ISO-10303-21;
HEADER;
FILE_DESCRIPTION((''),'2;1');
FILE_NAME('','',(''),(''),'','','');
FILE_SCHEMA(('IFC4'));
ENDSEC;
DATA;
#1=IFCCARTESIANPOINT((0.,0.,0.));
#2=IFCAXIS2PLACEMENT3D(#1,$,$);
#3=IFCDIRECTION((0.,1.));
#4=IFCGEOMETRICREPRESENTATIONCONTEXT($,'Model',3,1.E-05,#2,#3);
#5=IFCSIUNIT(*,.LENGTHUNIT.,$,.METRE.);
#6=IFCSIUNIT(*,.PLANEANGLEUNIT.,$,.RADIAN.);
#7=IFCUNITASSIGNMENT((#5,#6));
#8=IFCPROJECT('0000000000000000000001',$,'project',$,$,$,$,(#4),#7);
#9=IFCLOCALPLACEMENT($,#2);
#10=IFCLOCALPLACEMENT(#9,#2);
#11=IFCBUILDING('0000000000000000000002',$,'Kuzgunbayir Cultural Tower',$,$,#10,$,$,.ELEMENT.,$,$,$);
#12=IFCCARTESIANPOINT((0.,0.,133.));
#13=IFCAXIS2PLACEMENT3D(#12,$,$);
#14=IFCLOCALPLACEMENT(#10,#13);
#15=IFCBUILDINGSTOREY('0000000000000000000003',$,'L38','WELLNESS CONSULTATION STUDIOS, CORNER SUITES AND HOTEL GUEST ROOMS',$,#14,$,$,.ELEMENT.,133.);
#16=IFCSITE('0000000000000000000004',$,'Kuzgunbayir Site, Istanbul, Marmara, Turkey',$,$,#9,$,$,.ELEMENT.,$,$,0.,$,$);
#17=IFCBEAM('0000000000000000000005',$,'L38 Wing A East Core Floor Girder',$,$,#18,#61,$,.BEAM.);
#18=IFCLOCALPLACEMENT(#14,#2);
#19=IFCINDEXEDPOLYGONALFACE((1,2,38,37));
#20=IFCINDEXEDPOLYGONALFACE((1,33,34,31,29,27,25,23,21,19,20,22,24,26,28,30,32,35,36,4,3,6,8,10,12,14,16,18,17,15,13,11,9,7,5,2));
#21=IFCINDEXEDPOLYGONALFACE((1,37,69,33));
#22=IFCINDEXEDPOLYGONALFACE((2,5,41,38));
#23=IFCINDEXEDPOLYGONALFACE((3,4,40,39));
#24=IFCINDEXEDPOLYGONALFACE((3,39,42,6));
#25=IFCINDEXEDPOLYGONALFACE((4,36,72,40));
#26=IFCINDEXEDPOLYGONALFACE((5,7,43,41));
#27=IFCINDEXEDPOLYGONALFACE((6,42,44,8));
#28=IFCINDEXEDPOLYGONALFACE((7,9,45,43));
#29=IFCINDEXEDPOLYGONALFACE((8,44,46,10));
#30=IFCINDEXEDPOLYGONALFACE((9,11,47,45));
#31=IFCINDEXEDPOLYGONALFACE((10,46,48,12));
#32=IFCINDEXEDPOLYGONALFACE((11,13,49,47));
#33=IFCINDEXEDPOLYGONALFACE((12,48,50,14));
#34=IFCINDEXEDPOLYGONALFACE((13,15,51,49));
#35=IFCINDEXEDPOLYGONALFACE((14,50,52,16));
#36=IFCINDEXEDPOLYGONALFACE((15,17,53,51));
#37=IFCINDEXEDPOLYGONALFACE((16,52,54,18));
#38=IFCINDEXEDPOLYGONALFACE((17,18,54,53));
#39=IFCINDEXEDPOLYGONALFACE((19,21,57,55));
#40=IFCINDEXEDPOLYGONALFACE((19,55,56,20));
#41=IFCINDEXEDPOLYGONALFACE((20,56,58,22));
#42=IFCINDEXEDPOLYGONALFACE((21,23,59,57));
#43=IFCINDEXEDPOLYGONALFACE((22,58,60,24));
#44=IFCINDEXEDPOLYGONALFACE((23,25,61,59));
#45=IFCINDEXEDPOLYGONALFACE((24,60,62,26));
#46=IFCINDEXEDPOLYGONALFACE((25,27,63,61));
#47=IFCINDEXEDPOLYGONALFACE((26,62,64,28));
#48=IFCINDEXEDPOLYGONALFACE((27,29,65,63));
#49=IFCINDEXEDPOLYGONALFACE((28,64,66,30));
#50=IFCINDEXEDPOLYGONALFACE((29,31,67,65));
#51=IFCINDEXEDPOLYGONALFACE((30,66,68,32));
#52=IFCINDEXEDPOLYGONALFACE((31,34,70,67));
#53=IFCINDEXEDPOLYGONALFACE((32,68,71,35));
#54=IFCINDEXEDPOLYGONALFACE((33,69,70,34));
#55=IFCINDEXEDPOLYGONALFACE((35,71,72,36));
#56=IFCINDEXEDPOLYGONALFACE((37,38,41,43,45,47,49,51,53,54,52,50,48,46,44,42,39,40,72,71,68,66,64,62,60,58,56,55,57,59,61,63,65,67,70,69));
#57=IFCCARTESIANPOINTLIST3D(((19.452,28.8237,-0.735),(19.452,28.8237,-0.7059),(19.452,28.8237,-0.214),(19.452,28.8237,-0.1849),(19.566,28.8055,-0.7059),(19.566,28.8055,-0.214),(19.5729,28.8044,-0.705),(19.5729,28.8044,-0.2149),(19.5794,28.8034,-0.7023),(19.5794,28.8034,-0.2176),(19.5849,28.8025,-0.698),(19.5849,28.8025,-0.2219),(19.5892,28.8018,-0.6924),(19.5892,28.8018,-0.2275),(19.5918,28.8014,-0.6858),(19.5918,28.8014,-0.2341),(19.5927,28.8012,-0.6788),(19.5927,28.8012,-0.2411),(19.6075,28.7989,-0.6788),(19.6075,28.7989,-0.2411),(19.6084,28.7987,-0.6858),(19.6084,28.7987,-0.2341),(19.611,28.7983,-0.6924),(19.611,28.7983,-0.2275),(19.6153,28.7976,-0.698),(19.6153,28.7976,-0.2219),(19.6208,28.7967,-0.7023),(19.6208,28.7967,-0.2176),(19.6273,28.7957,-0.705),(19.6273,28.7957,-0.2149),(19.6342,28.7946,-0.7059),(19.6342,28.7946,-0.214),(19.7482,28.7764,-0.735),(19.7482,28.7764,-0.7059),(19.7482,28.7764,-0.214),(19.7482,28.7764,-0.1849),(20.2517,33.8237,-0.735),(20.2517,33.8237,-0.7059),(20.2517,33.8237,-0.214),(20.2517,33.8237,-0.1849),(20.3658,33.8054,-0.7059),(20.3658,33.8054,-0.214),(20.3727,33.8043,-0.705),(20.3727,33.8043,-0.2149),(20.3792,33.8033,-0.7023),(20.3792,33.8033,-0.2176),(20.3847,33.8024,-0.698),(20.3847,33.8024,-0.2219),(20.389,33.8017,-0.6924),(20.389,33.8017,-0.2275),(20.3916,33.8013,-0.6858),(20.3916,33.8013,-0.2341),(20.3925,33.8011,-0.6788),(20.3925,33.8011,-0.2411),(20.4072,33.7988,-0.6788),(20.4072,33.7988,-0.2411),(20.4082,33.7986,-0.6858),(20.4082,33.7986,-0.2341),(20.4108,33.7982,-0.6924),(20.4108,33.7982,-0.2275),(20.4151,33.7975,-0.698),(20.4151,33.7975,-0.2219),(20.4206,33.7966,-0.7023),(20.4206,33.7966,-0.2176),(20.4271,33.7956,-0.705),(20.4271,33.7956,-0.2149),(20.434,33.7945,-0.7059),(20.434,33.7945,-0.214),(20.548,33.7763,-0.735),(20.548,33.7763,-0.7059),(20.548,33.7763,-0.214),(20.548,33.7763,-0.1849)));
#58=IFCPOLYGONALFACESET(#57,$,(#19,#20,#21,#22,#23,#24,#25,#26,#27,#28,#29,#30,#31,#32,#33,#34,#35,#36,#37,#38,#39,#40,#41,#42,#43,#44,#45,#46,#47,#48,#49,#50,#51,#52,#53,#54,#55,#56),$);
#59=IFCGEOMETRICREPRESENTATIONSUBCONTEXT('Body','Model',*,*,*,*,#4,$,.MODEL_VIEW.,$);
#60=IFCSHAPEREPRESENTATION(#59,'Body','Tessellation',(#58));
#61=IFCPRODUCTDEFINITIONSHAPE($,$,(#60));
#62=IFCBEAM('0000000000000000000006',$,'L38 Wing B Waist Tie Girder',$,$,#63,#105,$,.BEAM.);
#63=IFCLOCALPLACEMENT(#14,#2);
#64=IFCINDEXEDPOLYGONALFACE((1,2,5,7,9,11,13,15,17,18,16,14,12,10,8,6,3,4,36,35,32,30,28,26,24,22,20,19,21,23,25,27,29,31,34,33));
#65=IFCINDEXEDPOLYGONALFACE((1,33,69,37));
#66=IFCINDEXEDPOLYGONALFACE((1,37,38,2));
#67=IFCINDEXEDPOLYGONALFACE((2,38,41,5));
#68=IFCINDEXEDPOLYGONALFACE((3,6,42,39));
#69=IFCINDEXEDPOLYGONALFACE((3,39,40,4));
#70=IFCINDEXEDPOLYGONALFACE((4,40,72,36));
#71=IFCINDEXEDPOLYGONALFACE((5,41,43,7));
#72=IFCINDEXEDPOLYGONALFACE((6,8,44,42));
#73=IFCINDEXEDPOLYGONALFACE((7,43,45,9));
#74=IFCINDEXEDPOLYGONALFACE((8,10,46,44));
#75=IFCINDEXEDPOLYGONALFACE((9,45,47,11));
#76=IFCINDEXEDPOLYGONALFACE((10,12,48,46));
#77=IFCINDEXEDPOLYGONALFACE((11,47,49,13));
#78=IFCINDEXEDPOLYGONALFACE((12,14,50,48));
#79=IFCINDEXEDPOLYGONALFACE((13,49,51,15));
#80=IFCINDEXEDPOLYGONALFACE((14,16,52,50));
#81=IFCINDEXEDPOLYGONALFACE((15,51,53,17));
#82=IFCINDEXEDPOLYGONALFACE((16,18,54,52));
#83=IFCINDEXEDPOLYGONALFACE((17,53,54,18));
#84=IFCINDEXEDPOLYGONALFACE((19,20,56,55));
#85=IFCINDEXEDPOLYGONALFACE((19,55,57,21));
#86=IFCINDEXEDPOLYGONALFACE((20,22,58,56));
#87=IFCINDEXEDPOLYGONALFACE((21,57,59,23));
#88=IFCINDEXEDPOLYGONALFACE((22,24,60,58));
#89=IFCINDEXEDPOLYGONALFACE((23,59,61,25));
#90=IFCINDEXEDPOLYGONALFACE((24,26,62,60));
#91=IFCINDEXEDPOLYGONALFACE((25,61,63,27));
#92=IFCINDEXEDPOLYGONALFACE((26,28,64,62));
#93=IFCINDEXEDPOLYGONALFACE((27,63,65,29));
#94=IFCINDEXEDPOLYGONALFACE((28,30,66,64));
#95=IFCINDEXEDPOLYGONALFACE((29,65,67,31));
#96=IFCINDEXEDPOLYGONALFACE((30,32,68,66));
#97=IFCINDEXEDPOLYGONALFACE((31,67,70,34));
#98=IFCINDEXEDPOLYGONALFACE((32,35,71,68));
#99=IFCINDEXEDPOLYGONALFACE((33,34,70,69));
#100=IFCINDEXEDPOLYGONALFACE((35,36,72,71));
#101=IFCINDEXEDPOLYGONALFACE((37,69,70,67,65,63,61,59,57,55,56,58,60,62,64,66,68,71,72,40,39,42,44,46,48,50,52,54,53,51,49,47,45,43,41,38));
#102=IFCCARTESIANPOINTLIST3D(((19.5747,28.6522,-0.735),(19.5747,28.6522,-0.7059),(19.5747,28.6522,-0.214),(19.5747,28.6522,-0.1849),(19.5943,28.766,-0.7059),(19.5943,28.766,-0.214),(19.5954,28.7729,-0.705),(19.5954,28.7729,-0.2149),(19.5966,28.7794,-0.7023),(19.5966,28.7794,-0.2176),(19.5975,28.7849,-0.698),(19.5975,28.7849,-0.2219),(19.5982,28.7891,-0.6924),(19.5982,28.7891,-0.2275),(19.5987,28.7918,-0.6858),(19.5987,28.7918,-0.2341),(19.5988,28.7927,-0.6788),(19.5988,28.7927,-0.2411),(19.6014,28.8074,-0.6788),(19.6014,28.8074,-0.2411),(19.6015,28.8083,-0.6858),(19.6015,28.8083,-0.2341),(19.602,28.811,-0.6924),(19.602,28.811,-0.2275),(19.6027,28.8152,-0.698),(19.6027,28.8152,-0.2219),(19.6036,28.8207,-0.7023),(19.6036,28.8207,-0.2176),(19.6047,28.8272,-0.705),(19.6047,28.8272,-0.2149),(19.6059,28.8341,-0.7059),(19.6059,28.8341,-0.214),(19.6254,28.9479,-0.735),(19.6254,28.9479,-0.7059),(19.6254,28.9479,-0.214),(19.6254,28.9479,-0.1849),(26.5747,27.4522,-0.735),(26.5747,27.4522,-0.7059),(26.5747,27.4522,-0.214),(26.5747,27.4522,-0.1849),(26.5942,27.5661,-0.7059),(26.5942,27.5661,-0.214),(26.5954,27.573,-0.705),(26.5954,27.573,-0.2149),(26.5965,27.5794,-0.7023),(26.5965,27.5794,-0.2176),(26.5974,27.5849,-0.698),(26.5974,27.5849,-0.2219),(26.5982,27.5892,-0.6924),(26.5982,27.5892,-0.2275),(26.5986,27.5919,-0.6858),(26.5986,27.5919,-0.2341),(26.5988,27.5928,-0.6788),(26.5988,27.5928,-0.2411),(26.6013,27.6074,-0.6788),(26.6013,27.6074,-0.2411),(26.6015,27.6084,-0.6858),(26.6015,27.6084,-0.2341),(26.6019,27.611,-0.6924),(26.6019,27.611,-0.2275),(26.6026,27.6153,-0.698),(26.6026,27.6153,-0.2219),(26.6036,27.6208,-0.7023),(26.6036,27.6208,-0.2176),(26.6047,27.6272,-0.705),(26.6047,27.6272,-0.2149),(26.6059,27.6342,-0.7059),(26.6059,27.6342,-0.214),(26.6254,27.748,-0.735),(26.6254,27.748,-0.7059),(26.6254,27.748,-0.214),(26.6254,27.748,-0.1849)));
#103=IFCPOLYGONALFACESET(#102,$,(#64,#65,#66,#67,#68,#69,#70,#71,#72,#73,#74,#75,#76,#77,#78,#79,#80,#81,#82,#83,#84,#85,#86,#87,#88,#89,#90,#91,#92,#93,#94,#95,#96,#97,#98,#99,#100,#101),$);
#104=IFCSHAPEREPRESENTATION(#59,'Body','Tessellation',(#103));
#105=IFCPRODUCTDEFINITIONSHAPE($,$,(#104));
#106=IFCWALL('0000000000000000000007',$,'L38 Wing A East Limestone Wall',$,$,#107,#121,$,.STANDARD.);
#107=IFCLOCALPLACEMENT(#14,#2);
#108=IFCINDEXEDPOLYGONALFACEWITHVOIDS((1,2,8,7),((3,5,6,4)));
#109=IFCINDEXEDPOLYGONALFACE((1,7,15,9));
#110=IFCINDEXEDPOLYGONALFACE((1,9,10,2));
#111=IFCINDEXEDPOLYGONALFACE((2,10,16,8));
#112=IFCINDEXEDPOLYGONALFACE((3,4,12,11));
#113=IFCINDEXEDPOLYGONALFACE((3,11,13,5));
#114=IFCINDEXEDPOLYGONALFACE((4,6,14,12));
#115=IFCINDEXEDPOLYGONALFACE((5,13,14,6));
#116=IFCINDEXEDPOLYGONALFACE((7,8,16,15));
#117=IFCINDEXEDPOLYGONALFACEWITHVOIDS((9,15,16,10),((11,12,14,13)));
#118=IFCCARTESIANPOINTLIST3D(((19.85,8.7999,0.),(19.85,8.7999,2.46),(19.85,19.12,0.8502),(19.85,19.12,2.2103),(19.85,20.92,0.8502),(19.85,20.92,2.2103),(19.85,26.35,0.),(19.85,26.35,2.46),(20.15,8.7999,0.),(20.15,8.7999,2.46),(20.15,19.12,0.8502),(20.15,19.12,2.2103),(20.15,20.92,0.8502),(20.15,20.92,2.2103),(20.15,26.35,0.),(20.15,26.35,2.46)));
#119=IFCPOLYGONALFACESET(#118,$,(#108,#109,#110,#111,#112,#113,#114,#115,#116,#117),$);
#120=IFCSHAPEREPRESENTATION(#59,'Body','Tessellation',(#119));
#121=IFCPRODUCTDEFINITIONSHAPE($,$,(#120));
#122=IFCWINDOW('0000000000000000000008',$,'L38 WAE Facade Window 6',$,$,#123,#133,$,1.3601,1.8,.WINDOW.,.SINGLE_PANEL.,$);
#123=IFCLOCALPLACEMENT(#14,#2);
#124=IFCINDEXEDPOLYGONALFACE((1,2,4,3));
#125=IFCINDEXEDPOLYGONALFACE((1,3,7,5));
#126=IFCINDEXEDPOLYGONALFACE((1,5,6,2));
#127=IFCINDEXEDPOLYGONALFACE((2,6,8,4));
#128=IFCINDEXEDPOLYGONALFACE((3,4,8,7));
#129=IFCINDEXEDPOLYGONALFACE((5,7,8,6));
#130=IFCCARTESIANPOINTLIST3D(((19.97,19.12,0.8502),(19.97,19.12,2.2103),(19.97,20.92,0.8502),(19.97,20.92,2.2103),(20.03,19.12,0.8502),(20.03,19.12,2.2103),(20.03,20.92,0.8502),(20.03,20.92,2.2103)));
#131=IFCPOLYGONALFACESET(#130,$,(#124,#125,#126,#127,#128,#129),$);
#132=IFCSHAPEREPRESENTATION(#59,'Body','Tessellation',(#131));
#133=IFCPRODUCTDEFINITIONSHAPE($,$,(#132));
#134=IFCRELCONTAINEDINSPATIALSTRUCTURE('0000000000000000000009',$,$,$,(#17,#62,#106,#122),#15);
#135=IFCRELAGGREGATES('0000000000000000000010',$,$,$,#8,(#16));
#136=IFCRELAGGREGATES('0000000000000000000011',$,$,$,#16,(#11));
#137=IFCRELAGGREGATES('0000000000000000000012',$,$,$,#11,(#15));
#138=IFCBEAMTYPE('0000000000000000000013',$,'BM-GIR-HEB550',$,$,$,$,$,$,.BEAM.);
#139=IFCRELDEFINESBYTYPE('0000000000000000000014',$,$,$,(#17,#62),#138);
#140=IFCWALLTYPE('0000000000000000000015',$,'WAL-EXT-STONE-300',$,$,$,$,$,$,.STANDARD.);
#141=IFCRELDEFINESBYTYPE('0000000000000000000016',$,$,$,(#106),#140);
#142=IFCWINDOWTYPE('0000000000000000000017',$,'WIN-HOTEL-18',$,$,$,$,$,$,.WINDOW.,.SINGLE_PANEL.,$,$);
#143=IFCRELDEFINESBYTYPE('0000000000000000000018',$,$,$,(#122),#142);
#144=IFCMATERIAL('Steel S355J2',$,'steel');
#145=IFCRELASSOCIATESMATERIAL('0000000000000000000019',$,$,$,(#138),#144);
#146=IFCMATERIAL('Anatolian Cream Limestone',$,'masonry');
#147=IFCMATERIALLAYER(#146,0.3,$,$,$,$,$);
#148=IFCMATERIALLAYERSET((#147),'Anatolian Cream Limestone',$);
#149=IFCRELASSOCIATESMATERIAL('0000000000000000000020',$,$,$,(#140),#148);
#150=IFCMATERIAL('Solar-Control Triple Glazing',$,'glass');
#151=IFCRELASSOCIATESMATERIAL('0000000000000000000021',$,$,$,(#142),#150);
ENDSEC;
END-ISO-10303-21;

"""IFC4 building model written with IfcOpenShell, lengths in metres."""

from ifc_helpers import new_model, si_unit, direction, frame, frame_2d, origin, origin_2d, place, context, subcontext, project, spatial, rectangle, i_section, extrude, material, layer, layer_set, material_profile, profile_set, type_object, element, fill, save


model = new_model("IFC4")

# Units and contexts
model_context = context("Model", 3, precision=1e-05, world=origin(), true_north=direction((0.0, 1.0)))
body_context = subcontext(model_context, "Body", "Model", "MODEL_VIEW")
ifc_project = project(units=[si_unit("LENGTHUNIT", "METRE"), si_unit("PLANEANGLEUNIT", "RADIAN")], contexts=[model_context])

# Site, building, storey
site_placement = place(None, origin())
site = spatial("IfcSite", under=ifc_project, at=site_placement, Name="Kuzgunbayir Site, Istanbul, Marmara, Turkey", CompositionType="ELEMENT", RefElevation=0.0)
building_placement = place(site_placement, origin())
building = spatial("IfcBuilding", under=site, at=building_placement, Name="Kuzgunbayir Cultural Tower", CompositionType="ELEMENT")
storey_placement = place(building_placement, frame((0.0, 0.0, 133.0)))
storey = spatial("IfcBuildingStorey", under=building, at=storey_placement, Name="L38", Description="WELLNESS CONSULTATION STUDIOS, CORNER SUITES AND HOTEL GUEST ROOMS", CompositionType="ELEMENT", Elevation=133.0)

# Beams
ifc_material_1 = material(Name="Steel S355J2", Category="steel")
ifc_material_profile_1 = material_profile(ifc_material_1, i_section(OverallWidth=0.3, OverallDepth=0.55, WebThickness=0.0149, FlangeThickness=0.0291, FilletRadius=0.0271, at=origin_2d()), Name="HEB 550")
ifc_profile_set_1 = profile_set([ifc_material_profile_1], Name="Steel S355J2")
beam_type_1 = type_object("IfcBeamType", Name="BM-GIR-HEB550", PredefinedType="BEAM", material=ifc_profile_set_1)
beam_1_placement = place(storey_placement, frame((19.6001, 28.8, -0.46), z_axis=(0.157953, 0.987447, 0.0), x_axis=(-0.987447, 0.157953, 0.0)))
element("IfcBeam", 1, at=beam_1_placement, inside=storey, type_object=beam_type_1, Name="L38 Wing A East Core Floor Girder", PredefinedType="BEAM", context=body_context, shape_type="SweptSolid", body=[
    extrude(i_section(OverallWidth=0.3, OverallDepth=0.55, WebThickness=0.0149, FlangeThickness=0.0291, FilletRadius=0.0271, at=origin_2d()), origin(), (0.0, 0.0, 1.0), 5.0635),
])
beam_2_placement = place(storey_placement, frame((19.6001, 28.8, -0.46), z_axis=(0.985623, -0.168957, 0.0), x_axis=(0.168957, 0.985623, 0.0)))
element("IfcBeam", 2, at=beam_2_placement, inside=storey, type_object=beam_type_1, Name="L38 Wing B Waist Tie Girder", PredefinedType="BEAM", context=body_context, shape_type="SweptSolid", body=[
    extrude(i_section(OverallWidth=0.3, OverallDepth=0.55, WebThickness=0.0149, FlangeThickness=0.0291, FilletRadius=0.0271, at=origin_2d()), origin(), (0.0, 0.0, 1.0), 7.1021),
])

# Wall, opening, window
ifc_material_2 = material(Name="Anatolian Cream Limestone", Category="masonry")
ifc_layer_1 = layer(ifc_material_2, 0.3)
ifc_layer_set_1 = layer_set([ifc_layer_1], Name="Anatolian Cream Limestone")
wall_type_1 = type_object("IfcWallType", Name="WAL-EXT-STONE-300", PredefinedType="STANDARD", material=ifc_layer_set_1)
wall_1_placement = place(storey_placement, frame((20.0, 8.8, 0.0), z_axis=(0.0, 0.0, 1.0), x_axis=(0.0, 1.0, 0.0)))
wall_1 = element("IfcWall", 3, at=wall_1_placement, inside=storey, type_object=wall_type_1, Name="L38 Wing A East Limestone Wall", PredefinedType="STANDARD", context=body_context, shape_type="SweptSolid", body=[
    extrude(rectangle(XDim=17.55, YDim=0.3, at=frame_2d((8.7749, 0.0))), origin(), (0.0, 0.0, 1.0), 2.46),
])
opening_1_placement = place(wall_1_placement, frame((10.3201, 0.0, 0.8501)))
opening_1 = element("IfcOpeningElement", 4, at=opening_1_placement, cuts=wall_1, PredefinedType="OPENING", context=body_context, shape_type="SweptSolid", body=[
    extrude(rectangle(XDim=1.8, YDim=1.3601, at=frame_2d((0.8999, 0.6802))), frame((0.0, 0.1602, 0.0), z_axis=(0.0, -1.0, 0.0), x_axis=(1.0, 0.0, 0.0)), (0.0, 0.0, 1.0), 0.3201),
])
ifc_material_3 = material(Name="Solar-Control Triple Glazing", Category="glass")
window_type = type_object("IfcWindowType", Name="WIN-HOTEL-18", PartitioningType="SINGLE_PANEL", PredefinedType="WINDOW", material=ifc_material_3)
window_1_placement = place(opening_1_placement, origin())
window_1 = element("IfcWindow", 5, at=window_1_placement, inside=storey, type_object=window_type, Name="L38 WAE Facade Window 6", OverallHeight=1.3601, OverallWidth=1.8, PartitioningType="SINGLE_PANEL", PredefinedType="WINDOW", context=body_context, shape_type="SweptSolid", body=[
    extrude(rectangle(XDim=1.8, YDim=1.3601, at=frame_2d((0.8999, 0.6802))), frame((0.0, 0.03, 0.0), z_axis=(0.0, -1.0, 0.0), x_axis=(1.0, 0.0, 0.0)), (0.0, 0.0, 1.0), 0.0601),
])
fill(opening_1, window_1)

save(model, "model.ifc")
